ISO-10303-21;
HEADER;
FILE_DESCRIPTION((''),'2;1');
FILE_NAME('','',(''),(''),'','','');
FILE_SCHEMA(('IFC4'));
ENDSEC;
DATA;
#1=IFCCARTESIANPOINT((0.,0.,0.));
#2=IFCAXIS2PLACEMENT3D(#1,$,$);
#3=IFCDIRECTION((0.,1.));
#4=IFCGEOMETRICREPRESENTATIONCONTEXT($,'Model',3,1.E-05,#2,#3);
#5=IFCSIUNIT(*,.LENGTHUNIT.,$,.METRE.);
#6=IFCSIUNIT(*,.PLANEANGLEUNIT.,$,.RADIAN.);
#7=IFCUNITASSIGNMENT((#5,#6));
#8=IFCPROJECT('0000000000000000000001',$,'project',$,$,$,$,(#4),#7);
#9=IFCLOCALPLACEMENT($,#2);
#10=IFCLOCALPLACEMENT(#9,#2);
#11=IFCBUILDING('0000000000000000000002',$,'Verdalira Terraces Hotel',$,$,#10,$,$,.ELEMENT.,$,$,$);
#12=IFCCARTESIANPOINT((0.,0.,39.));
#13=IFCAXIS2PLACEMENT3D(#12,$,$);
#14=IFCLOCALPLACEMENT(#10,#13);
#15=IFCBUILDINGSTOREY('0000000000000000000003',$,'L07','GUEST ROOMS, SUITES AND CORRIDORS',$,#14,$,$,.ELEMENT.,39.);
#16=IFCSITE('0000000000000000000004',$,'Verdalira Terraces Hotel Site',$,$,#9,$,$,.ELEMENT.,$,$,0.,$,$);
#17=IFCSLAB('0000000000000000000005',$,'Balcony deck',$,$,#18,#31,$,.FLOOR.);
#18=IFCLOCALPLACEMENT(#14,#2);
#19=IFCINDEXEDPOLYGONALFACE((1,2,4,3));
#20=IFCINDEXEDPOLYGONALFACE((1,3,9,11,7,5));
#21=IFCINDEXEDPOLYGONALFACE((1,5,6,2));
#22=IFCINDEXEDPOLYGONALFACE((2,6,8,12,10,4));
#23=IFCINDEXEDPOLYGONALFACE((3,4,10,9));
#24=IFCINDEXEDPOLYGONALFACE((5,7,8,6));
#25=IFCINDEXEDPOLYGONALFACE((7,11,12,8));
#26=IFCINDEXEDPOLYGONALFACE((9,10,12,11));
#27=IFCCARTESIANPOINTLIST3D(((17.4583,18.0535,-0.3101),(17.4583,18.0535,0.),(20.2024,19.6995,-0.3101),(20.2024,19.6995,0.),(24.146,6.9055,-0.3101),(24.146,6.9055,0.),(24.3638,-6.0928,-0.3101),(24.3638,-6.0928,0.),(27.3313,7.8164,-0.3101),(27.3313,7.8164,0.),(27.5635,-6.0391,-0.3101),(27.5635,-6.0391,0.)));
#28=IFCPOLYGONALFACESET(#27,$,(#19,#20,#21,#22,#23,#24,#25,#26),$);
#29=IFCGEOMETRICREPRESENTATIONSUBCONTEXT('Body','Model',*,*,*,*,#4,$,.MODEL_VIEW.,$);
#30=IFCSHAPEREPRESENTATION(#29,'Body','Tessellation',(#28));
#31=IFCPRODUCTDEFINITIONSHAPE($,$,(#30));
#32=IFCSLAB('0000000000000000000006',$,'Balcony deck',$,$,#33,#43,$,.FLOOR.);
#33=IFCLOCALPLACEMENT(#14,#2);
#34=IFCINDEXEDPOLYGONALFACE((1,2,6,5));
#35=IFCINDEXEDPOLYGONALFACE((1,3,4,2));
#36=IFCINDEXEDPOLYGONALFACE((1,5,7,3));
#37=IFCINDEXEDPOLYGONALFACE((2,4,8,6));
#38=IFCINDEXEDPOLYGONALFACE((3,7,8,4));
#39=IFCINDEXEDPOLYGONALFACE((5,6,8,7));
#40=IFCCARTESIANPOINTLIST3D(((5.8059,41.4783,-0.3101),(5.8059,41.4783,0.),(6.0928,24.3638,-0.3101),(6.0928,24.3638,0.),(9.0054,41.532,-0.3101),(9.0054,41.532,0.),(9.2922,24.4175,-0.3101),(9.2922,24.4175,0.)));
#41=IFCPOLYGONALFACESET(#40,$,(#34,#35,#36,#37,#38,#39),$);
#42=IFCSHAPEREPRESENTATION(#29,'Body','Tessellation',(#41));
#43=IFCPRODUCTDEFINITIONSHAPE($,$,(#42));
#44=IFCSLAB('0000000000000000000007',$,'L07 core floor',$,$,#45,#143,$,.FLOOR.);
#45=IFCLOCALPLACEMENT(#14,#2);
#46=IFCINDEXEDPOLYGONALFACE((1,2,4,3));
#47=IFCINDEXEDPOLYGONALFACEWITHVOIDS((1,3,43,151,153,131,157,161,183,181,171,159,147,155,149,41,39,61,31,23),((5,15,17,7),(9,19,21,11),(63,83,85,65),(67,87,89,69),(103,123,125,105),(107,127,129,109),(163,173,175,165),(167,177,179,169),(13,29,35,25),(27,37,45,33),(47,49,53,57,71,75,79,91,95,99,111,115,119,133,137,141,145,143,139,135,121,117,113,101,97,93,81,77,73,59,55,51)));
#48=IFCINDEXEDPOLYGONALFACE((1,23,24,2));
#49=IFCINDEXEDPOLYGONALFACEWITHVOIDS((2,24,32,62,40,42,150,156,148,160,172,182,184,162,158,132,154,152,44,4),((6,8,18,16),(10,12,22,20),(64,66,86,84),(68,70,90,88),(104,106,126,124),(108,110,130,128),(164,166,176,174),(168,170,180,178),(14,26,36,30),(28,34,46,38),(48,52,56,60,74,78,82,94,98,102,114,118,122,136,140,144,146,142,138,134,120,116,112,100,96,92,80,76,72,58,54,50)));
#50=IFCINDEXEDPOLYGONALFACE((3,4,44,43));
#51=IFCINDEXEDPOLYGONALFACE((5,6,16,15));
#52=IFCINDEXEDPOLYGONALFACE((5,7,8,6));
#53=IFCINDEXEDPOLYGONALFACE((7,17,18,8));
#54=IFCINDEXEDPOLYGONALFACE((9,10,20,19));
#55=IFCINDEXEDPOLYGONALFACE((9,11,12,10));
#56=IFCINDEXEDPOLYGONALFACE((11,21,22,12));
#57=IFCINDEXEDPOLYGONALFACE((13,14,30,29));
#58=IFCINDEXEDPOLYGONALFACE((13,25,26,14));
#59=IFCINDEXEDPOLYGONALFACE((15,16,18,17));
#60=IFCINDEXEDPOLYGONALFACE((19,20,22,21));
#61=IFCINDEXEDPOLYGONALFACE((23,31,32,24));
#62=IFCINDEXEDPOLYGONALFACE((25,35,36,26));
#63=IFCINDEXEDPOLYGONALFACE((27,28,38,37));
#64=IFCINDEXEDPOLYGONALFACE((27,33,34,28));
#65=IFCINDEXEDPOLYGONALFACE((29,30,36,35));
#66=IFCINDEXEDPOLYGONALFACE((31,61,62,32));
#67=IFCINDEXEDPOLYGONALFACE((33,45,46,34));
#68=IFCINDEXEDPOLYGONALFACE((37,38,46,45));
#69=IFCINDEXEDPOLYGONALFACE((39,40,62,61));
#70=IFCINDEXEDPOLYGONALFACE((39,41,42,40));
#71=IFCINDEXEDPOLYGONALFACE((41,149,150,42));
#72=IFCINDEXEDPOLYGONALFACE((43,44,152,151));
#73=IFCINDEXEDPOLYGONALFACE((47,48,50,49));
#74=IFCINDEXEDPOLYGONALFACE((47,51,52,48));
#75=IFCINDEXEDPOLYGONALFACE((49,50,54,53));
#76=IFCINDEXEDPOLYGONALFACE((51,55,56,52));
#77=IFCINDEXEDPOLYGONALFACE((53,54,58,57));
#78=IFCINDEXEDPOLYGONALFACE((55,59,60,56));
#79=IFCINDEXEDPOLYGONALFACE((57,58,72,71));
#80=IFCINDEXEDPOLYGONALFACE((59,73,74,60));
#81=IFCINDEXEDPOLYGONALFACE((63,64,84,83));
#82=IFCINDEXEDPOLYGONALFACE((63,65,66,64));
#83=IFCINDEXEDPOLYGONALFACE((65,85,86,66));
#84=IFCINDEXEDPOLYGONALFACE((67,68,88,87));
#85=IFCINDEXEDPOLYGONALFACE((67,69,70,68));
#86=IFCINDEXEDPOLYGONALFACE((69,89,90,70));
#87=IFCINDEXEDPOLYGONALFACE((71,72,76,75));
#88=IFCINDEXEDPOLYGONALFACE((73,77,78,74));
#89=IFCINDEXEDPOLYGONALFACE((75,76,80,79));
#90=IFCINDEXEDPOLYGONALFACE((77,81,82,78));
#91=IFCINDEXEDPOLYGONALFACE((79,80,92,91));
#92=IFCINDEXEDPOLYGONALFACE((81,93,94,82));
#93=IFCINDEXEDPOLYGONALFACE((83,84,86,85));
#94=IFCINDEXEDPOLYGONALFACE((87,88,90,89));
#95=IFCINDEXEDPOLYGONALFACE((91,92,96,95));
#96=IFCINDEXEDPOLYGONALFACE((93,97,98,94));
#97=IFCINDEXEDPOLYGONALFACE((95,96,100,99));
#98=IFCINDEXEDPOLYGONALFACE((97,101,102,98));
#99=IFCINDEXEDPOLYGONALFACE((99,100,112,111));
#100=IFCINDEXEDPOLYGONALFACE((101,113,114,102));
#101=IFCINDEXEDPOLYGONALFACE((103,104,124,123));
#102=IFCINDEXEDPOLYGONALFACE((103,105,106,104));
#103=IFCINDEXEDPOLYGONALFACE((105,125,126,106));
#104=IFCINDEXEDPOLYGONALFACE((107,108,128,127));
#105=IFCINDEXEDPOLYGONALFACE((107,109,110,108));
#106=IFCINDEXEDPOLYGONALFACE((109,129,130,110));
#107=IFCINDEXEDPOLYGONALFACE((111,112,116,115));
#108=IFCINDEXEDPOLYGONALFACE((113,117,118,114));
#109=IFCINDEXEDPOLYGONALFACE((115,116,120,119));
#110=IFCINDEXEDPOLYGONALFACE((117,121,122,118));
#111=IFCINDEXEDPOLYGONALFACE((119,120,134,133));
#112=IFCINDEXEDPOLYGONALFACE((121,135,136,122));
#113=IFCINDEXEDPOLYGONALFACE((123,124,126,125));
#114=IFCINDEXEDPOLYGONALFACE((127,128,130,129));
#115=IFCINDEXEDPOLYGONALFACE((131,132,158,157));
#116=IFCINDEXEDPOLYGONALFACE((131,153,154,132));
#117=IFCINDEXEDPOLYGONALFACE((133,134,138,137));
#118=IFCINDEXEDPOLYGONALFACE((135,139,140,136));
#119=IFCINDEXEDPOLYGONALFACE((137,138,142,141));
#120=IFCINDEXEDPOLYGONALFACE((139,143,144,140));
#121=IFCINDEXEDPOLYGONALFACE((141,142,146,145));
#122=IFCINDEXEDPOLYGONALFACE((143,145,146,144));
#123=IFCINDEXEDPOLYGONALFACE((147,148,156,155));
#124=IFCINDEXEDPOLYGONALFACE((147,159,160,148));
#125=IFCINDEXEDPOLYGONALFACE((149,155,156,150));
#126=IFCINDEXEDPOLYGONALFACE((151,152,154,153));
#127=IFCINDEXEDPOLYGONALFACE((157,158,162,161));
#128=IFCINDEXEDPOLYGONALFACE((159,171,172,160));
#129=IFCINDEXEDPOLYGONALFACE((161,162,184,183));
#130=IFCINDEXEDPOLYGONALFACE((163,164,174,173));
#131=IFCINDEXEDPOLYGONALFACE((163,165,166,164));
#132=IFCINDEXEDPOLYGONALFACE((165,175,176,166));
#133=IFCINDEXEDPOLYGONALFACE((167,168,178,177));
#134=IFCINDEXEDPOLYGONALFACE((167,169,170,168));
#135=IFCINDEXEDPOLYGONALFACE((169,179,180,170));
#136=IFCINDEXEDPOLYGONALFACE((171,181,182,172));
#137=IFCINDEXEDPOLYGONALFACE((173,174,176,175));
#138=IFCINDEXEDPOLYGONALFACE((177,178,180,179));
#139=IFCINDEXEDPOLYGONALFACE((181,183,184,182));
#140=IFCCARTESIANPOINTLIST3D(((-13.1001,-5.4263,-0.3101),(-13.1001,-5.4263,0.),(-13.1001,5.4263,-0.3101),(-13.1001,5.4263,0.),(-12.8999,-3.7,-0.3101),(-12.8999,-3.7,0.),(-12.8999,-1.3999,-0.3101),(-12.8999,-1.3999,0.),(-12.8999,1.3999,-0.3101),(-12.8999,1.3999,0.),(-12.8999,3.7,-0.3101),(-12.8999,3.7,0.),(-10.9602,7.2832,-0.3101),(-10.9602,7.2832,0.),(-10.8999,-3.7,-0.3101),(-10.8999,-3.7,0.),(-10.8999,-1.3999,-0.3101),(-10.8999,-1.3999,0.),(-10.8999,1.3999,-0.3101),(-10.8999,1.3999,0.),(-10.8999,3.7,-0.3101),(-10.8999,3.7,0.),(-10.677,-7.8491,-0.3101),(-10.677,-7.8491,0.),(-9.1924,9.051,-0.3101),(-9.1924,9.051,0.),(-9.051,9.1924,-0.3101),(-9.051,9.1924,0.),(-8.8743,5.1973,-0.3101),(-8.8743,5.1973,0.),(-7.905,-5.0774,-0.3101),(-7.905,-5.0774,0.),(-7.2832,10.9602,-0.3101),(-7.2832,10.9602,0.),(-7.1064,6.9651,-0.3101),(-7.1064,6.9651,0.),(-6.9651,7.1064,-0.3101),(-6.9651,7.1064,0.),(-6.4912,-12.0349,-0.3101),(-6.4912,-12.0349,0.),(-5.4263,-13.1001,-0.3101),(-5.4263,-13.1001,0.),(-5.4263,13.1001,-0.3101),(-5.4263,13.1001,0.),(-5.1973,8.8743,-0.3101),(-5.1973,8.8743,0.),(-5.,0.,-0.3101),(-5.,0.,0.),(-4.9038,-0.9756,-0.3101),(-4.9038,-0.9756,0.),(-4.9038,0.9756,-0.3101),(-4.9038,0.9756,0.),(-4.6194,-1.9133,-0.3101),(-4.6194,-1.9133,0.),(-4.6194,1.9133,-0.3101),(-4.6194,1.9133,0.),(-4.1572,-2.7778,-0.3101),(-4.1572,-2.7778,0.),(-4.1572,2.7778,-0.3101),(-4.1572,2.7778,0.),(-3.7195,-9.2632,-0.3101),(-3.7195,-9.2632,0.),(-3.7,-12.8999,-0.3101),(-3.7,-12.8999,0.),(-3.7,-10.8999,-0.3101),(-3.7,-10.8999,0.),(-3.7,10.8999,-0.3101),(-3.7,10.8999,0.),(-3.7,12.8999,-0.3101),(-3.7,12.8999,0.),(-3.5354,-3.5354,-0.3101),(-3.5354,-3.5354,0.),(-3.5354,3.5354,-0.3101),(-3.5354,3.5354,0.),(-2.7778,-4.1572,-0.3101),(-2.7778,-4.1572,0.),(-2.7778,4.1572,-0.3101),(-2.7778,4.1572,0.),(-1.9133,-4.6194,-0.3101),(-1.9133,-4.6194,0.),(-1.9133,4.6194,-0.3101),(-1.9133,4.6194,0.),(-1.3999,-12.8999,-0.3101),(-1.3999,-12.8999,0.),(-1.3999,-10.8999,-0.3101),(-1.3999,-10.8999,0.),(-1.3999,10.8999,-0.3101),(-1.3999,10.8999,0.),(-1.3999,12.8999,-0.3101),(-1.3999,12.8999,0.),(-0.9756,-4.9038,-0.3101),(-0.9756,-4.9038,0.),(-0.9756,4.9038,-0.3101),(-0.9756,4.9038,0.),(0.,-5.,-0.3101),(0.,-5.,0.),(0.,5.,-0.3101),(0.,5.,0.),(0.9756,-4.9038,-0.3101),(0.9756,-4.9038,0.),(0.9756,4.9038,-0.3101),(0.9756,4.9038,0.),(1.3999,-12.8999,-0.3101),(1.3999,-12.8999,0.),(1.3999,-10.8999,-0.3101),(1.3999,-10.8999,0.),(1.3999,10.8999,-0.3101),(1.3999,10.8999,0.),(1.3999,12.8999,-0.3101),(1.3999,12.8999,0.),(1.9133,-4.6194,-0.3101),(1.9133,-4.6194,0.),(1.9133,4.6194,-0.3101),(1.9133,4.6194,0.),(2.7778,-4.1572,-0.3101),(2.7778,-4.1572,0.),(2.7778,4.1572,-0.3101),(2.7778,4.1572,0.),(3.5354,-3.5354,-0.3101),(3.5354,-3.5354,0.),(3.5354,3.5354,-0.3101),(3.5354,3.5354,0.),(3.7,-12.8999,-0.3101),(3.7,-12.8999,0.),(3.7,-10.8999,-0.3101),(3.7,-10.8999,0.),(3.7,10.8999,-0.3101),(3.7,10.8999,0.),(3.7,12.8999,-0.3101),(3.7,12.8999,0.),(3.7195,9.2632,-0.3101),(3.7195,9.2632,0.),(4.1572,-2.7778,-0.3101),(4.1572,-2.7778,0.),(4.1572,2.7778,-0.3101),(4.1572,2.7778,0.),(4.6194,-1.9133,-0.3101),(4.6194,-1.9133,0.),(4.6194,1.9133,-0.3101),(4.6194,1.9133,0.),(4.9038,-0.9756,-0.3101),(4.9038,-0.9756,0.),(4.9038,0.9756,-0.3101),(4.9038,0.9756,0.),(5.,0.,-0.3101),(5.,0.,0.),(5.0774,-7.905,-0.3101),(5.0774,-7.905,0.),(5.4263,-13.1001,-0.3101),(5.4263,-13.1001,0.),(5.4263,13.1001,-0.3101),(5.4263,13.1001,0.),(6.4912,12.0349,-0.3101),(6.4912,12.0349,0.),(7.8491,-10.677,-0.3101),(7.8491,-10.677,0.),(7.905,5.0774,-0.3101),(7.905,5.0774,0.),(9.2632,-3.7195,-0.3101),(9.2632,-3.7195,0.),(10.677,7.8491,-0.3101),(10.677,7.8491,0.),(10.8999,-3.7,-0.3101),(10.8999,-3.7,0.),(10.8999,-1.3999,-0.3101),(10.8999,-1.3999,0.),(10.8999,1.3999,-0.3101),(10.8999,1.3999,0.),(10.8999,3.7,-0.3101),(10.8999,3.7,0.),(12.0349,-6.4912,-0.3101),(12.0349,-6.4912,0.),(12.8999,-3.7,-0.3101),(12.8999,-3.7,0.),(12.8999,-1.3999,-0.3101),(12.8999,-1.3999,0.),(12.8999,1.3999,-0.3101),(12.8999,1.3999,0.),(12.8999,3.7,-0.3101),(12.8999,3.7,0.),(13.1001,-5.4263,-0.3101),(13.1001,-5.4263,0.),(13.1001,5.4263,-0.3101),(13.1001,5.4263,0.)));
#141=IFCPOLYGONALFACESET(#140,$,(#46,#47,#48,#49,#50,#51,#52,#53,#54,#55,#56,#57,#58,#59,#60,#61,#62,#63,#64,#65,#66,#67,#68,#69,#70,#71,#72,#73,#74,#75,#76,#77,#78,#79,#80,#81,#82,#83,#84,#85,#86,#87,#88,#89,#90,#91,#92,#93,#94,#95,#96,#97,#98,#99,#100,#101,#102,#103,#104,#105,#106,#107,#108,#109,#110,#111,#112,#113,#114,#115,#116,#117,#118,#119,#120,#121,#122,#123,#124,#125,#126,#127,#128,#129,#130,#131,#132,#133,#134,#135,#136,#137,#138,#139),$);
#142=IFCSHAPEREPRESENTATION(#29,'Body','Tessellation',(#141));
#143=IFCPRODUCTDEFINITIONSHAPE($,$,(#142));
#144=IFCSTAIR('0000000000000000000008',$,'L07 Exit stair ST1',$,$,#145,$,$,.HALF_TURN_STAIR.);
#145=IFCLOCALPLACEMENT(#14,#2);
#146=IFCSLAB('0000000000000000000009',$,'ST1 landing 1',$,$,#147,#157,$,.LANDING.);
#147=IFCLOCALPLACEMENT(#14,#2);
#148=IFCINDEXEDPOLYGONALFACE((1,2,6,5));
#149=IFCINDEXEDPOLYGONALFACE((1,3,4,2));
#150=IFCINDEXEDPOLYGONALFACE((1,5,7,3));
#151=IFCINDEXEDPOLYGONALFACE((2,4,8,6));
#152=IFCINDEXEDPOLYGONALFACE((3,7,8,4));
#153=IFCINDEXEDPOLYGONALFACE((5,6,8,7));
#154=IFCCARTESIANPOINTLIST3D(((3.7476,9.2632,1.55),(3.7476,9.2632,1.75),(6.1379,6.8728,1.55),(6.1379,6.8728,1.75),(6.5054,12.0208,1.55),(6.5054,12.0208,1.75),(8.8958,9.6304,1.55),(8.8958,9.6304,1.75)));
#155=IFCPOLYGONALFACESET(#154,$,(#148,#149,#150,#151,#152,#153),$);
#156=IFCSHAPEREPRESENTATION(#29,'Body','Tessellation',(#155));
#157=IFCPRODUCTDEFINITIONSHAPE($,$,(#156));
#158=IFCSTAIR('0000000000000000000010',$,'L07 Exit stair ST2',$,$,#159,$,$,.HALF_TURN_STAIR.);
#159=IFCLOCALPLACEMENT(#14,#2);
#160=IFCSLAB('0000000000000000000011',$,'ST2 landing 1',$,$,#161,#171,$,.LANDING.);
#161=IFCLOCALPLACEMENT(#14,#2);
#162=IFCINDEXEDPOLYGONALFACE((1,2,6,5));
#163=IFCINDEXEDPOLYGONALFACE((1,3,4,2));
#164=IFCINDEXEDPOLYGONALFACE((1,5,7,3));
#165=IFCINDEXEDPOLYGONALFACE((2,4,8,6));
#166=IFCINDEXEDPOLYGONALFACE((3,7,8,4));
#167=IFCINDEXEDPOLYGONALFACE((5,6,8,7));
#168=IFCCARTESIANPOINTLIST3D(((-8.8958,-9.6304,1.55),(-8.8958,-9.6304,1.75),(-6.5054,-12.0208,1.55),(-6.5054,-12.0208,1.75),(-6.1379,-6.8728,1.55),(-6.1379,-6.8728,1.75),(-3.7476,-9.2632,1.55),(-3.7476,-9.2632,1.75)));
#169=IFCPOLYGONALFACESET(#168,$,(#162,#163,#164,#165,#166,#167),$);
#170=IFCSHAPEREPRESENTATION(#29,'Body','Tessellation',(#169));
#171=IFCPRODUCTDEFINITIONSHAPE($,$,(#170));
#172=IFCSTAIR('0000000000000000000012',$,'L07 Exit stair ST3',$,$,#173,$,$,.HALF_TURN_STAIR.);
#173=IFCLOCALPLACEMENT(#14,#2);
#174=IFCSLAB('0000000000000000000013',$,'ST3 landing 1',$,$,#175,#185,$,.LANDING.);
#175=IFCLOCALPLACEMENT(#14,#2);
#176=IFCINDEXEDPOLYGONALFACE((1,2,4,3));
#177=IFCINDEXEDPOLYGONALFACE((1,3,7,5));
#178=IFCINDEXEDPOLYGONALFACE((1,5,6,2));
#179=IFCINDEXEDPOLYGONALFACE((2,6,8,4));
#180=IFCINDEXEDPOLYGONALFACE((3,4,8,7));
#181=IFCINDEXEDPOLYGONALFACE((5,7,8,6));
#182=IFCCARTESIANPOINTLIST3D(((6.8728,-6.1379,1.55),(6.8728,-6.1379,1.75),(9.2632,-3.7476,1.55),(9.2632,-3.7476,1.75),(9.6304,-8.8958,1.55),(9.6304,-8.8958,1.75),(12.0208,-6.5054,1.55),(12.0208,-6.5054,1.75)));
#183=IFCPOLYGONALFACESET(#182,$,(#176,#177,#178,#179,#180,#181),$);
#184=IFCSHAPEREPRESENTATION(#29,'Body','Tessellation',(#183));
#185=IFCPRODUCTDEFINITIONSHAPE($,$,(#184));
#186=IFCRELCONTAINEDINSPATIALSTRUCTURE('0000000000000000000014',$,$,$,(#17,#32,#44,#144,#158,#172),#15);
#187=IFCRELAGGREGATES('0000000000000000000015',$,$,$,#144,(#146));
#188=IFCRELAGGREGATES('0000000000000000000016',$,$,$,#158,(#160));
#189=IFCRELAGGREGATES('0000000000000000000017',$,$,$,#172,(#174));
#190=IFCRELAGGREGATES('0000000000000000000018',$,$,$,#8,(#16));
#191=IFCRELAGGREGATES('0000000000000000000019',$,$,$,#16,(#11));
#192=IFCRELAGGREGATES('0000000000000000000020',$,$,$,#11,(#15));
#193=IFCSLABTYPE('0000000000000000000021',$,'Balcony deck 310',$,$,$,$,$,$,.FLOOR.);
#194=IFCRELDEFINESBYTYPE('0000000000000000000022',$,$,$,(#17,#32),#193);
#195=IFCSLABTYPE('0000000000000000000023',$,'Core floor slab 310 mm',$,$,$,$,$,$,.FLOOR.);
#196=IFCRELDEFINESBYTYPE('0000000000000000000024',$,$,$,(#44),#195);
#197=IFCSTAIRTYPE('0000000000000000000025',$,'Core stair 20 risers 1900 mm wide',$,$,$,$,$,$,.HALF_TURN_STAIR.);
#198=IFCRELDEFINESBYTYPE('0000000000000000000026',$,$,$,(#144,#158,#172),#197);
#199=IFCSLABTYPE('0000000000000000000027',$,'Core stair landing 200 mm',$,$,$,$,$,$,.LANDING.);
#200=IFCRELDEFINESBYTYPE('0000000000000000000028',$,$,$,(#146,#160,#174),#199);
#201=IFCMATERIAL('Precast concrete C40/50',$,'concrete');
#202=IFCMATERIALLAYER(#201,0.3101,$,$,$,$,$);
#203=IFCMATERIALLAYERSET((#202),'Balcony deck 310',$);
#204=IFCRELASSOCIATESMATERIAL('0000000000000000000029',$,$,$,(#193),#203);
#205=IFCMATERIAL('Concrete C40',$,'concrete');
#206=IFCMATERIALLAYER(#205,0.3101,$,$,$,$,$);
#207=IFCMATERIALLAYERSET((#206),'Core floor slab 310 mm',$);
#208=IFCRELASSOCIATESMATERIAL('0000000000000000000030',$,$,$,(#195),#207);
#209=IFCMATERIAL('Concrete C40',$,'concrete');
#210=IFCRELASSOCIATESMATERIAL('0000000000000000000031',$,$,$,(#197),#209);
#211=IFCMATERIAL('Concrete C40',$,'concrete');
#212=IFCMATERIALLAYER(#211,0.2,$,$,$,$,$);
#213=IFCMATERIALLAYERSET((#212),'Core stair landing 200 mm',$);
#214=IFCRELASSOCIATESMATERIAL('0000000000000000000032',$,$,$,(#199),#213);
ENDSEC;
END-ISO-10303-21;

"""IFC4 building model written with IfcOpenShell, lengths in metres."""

from ifc_helpers import new_model, si_unit, direction, frame, origin, place, context, subcontext, project, spatial, polyline, outline, extrude, material, layer, layer_set, type_object, element, aggregate, save


model = new_model("IFC4")

# Units and contexts
model_context = context("Model", 3, precision=1e-05, world=origin(), true_north=direction((0.0, 1.0)))
body_context = subcontext(model_context, "Body", "Model", "MODEL_VIEW")
ifc_project = project(units=[si_unit("LENGTHUNIT", "METRE"), si_unit("PLANEANGLEUNIT", "RADIAN")], contexts=[model_context])

# Site, building, storey
site_placement = place(None, origin())
site = spatial("IfcSite", under=ifc_project, at=site_placement, Name="Verdalira Terraces Hotel Site", CompositionType="ELEMENT", RefElevation=0.0)
building_placement = place(site_placement, origin())
building = spatial("IfcBuilding", under=site, at=building_placement, Name="Verdalira Terraces Hotel", CompositionType="ELEMENT")
storey_placement = place(building_placement, frame((0.0, 0.0, 39.0)))
storey = spatial("IfcBuildingStorey", under=building, at=storey_placement, Name="L07", Description="GUEST ROOMS, SUITES AND CORRIDORS", CompositionType="ELEMENT", Elevation=39.0)

# Slabs
ifc_material_1 = material(Name="Precast concrete C40/50", Category="concrete")
ifc_layer_1 = layer(ifc_material_1, 0.3101)
ifc_layer_set_1 = layer_set([ifc_layer_1], Name="Balcony deck 310")
slab_type_1 = type_object("IfcSlabType", Name="Balcony deck 310", PredefinedType="FLOOR", material=ifc_layer_set_1)
slab_1_placement = place(storey_placement, frame((0.0, 0.0, -0.3101)))
element("IfcSlab", 1, at=slab_1_placement, inside=storey, type_object=slab_type_1, Name="Balcony deck", PredefinedType="FLOOR", context=body_context, shape_type="SweptSolid", body=[
    extrude(outline(polyline([(20.2024, 19.6995), (17.4583, 18.0535), (24.146, 6.9055), (24.3638, -6.0928), (27.5635, -6.0391), (27.3313, 7.8164), (20.2024, 19.6995)])), origin(), (0.0, 0.0, 1.0), 0.3101),
])
slab_2_placement = place(storey_placement, frame((0.0, 0.0, -0.3101)))
element("IfcSlab", 2, at=slab_2_placement, inside=storey, type_object=slab_type_1, Name="Balcony deck", PredefinedType="FLOOR", context=body_context, shape_type="SweptSolid", body=[
    extrude(outline(polyline([(9.0054, 41.532), (5.8059, 41.4783), (6.0928, 24.3638), (9.2922, 24.4175), (9.0054, 41.532)])), origin(), (0.0, 0.0, 1.0), 0.3101),
])
ifc_material_2 = material(Name="Concrete C40", Category="concrete")
ifc_layer_2 = layer(ifc_material_2, 0.3101)
ifc_layer_set_2 = layer_set([ifc_layer_2], Name="Core floor slab 310 mm")
slab_type_2 = type_object("IfcSlabType", Name="Core floor slab 310 mm", PredefinedType="FLOOR", material=ifc_layer_set_2)
slab_3_placement = place(storey_placement, frame((0.0, 0.0, -0.3101)))
element("IfcSlab", 3, at=slab_3_placement, inside=storey, type_object=slab_type_2, Name="L07 core floor", PredefinedType="FLOOR", context=body_context, shape_type="SweptSolid", body=[
    extrude(outline(polyline([(-5.4263, 13.1001), (5.4263, 13.1001), (6.4912, 12.0349), (3.7195, 9.2632), (7.905, 5.0774), (10.677, 7.8491), (13.1001, 5.4263), (13.1001, -5.4263), (12.0349, -6.4912), (9.2632, -3.7195), (5.0774, -7.905), (7.8491, -10.677), (5.4263, -13.1001), (-5.4263, -13.1001), (-6.4912, -12.0349), (-3.7195, -9.2632), (-7.905, -5.0774), (-10.677, -7.8491), (-13.1001, -5.4263), (-13.1001, 5.4263), (-5.4263, 13.1001)]), holes=[polyline([(12.8999, -3.7), (12.8999, -1.3999), (10.8999, -1.3999), (10.8999, -3.7), (12.8999, -3.7)]), polyline([(12.8999, 1.3999), (12.8999, 3.7), (10.8999, 3.7), (10.8999, 1.3999), (12.8999, 1.3999)]), polyline([(1.3999, 10.8999), (3.7, 10.8999), (3.7, 12.8999), (1.3999, 12.8999), (1.3999, 10.8999)]), polyline([(-3.7, 10.8999), (-1.3999, 10.8999), (-1.3999, 12.8999), (-3.7, 12.8999), (-3.7, 10.8999)]), polyline([(-12.8999, 3.7), (-12.8999, 1.3999), (-10.8999, 1.3999), (-10.8999, 3.7), (-12.8999, 3.7)]), polyline([(-12.8999, -1.3999), (-12.8999, -3.7), (-10.8999, -3.7), (-10.8999, -1.3999), (-12.8999, -1.3999)]), polyline([(-1.3999, -10.8999), (-3.7, -10.8999), (-3.7, -12.8999), (-1.3999, -12.8999), (-1.3999, -10.8999)]), polyline([(3.7, -10.8999), (1.3999, -10.8999), (1.3999, -12.8999), (3.7, -12.8999), (3.7, -10.8999)]), polyline([(-9.051, 9.1924), (-6.9651, 7.1064), (-5.1973, 8.8743), (-7.2832, 10.9602), (-9.051, 9.1924)]), polyline([(-9.1924, 9.051), (-10.9602, 7.2832), (-8.8743, 5.1973), (-7.1064, 6.9651), (-9.1924, 9.051)]), polyline([(3.5354, 3.5354), (2.7778, 4.1572), (1.9133, 4.6194), (0.9756, 4.9038), (0.0, 5.0), (-0.9756, 4.9038), (-1.9133, 4.6194), (-2.7778, 4.1572), (-3.5354, 3.5354), (-4.1572, 2.7778), (-4.6194, 1.9133), (-4.9038, 0.9756), (-5.0, 0.0), (-4.9038, -0.9756), (-4.6194, -1.9133), (-4.1572, -2.7778), (-3.5354, -3.5354), (-2.7778, -4.1572), (-1.9133, -4.6194), (-0.9756, -4.9038), (0.0, -5.0), (0.9756, -4.9038), (1.9133, -4.6194), (2.7778, -4.1572), (3.5354, -3.5354), (4.1572, -2.7778), (4.6194, -1.9133), (4.9038, -0.9756), (5.0, 0.0), (4.9038, 0.9756), (4.6194, 1.9133), (4.1572, 2.7778), (3.5354, 3.5354)])]), origin(), (0.0, 0.0, 1.0), 0.3101),
])

# Stairs, slabs
ifc_material_3 = material(Name="Concrete C40", Category="concrete")
stair_type = type_object("IfcStairType", Name="Core stair 20 risers 1900 mm wide", PredefinedType="HALF_TURN_STAIR", material=ifc_material_3)
stair_1_placement = place(storey_placement, origin())
stair_1 = element("IfcStair", 4, at=stair_1_placement, inside=storey, type_object=stair_type, Name="L07 Exit stair ST1", PredefinedType="HALF_TURN_STAIR")
ifc_material_4 = material(Name="Concrete C40", Category="concrete")
ifc_layer_3 = layer(ifc_material_4, 0.2)
ifc_layer_set_3 = layer_set([ifc_layer_3], Name="Core stair landing 200 mm")
slab_type_3 = type_object("IfcSlabType", Name="Core stair landing 200 mm", PredefinedType="LANDING", material=ifc_layer_set_3)
slab_4_placement = place(storey_placement, frame((0.0, 0.0, 1.55)))
slab_4 = element("IfcSlab", 5, at=slab_4_placement, type_object=slab_type_3, Name="ST1 landing 1", PredefinedType="LANDING", context=body_context, shape_type="SweptSolid", body=[
    extrude(outline(polyline([(8.8958, 9.6304), (6.5054, 12.0208), (3.7476, 9.2632), (6.1379, 6.8728), (8.8958, 9.6304)])), origin(), (0.0, 0.0, 1.0), 0.2),
])
aggregate(stair_1, [slab_4])
stair_2_placement = place(storey_placement, origin())
stair_2 = element("IfcStair", 6, at=stair_2_placement, inside=storey, type_object=stair_type, Name="L07 Exit stair ST2", PredefinedType="HALF_TURN_STAIR")
slab_5_placement = place(storey_placement, frame((0.0, 0.0, 1.55)))
slab_5 = element("IfcSlab", 7, at=slab_5_placement, type_object=slab_type_3, Name="ST2 landing 1", PredefinedType="LANDING", context=body_context, shape_type="SweptSolid", body=[
    extrude(outline(polyline([(-8.8958, -9.6304), (-6.5054, -12.0208), (-3.7476, -9.2632), (-6.1379, -6.8728), (-8.8958, -9.6304)])), origin(), (0.0, 0.0, 1.0), 0.2),
])
aggregate(stair_2, [slab_5])
stair_3_placement = place(storey_placement, origin())
stair_3 = element("IfcStair", 8, at=stair_3_placement, inside=storey, type_object=stair_type, Name="L07 Exit stair ST3", PredefinedType="HALF_TURN_STAIR")
slab_6_placement = place(storey_placement, frame((0.0, 0.0, 1.55)))
slab_6 = element("IfcSlab", 9, at=slab_6_placement, type_object=slab_type_3, Name="ST3 landing 1", PredefinedType="LANDING", context=body_context, shape_type="SweptSolid", body=[
    extrude(outline(polyline([(9.6304, -8.8958), (12.0208, -6.5054), (9.2632, -3.7476), (6.8728, -6.1379), (9.6304, -8.8958)])), origin(), (0.0, 0.0, 1.0), 0.2),
])
aggregate(stair_3, [slab_6])

save(model, "model.ifc")
